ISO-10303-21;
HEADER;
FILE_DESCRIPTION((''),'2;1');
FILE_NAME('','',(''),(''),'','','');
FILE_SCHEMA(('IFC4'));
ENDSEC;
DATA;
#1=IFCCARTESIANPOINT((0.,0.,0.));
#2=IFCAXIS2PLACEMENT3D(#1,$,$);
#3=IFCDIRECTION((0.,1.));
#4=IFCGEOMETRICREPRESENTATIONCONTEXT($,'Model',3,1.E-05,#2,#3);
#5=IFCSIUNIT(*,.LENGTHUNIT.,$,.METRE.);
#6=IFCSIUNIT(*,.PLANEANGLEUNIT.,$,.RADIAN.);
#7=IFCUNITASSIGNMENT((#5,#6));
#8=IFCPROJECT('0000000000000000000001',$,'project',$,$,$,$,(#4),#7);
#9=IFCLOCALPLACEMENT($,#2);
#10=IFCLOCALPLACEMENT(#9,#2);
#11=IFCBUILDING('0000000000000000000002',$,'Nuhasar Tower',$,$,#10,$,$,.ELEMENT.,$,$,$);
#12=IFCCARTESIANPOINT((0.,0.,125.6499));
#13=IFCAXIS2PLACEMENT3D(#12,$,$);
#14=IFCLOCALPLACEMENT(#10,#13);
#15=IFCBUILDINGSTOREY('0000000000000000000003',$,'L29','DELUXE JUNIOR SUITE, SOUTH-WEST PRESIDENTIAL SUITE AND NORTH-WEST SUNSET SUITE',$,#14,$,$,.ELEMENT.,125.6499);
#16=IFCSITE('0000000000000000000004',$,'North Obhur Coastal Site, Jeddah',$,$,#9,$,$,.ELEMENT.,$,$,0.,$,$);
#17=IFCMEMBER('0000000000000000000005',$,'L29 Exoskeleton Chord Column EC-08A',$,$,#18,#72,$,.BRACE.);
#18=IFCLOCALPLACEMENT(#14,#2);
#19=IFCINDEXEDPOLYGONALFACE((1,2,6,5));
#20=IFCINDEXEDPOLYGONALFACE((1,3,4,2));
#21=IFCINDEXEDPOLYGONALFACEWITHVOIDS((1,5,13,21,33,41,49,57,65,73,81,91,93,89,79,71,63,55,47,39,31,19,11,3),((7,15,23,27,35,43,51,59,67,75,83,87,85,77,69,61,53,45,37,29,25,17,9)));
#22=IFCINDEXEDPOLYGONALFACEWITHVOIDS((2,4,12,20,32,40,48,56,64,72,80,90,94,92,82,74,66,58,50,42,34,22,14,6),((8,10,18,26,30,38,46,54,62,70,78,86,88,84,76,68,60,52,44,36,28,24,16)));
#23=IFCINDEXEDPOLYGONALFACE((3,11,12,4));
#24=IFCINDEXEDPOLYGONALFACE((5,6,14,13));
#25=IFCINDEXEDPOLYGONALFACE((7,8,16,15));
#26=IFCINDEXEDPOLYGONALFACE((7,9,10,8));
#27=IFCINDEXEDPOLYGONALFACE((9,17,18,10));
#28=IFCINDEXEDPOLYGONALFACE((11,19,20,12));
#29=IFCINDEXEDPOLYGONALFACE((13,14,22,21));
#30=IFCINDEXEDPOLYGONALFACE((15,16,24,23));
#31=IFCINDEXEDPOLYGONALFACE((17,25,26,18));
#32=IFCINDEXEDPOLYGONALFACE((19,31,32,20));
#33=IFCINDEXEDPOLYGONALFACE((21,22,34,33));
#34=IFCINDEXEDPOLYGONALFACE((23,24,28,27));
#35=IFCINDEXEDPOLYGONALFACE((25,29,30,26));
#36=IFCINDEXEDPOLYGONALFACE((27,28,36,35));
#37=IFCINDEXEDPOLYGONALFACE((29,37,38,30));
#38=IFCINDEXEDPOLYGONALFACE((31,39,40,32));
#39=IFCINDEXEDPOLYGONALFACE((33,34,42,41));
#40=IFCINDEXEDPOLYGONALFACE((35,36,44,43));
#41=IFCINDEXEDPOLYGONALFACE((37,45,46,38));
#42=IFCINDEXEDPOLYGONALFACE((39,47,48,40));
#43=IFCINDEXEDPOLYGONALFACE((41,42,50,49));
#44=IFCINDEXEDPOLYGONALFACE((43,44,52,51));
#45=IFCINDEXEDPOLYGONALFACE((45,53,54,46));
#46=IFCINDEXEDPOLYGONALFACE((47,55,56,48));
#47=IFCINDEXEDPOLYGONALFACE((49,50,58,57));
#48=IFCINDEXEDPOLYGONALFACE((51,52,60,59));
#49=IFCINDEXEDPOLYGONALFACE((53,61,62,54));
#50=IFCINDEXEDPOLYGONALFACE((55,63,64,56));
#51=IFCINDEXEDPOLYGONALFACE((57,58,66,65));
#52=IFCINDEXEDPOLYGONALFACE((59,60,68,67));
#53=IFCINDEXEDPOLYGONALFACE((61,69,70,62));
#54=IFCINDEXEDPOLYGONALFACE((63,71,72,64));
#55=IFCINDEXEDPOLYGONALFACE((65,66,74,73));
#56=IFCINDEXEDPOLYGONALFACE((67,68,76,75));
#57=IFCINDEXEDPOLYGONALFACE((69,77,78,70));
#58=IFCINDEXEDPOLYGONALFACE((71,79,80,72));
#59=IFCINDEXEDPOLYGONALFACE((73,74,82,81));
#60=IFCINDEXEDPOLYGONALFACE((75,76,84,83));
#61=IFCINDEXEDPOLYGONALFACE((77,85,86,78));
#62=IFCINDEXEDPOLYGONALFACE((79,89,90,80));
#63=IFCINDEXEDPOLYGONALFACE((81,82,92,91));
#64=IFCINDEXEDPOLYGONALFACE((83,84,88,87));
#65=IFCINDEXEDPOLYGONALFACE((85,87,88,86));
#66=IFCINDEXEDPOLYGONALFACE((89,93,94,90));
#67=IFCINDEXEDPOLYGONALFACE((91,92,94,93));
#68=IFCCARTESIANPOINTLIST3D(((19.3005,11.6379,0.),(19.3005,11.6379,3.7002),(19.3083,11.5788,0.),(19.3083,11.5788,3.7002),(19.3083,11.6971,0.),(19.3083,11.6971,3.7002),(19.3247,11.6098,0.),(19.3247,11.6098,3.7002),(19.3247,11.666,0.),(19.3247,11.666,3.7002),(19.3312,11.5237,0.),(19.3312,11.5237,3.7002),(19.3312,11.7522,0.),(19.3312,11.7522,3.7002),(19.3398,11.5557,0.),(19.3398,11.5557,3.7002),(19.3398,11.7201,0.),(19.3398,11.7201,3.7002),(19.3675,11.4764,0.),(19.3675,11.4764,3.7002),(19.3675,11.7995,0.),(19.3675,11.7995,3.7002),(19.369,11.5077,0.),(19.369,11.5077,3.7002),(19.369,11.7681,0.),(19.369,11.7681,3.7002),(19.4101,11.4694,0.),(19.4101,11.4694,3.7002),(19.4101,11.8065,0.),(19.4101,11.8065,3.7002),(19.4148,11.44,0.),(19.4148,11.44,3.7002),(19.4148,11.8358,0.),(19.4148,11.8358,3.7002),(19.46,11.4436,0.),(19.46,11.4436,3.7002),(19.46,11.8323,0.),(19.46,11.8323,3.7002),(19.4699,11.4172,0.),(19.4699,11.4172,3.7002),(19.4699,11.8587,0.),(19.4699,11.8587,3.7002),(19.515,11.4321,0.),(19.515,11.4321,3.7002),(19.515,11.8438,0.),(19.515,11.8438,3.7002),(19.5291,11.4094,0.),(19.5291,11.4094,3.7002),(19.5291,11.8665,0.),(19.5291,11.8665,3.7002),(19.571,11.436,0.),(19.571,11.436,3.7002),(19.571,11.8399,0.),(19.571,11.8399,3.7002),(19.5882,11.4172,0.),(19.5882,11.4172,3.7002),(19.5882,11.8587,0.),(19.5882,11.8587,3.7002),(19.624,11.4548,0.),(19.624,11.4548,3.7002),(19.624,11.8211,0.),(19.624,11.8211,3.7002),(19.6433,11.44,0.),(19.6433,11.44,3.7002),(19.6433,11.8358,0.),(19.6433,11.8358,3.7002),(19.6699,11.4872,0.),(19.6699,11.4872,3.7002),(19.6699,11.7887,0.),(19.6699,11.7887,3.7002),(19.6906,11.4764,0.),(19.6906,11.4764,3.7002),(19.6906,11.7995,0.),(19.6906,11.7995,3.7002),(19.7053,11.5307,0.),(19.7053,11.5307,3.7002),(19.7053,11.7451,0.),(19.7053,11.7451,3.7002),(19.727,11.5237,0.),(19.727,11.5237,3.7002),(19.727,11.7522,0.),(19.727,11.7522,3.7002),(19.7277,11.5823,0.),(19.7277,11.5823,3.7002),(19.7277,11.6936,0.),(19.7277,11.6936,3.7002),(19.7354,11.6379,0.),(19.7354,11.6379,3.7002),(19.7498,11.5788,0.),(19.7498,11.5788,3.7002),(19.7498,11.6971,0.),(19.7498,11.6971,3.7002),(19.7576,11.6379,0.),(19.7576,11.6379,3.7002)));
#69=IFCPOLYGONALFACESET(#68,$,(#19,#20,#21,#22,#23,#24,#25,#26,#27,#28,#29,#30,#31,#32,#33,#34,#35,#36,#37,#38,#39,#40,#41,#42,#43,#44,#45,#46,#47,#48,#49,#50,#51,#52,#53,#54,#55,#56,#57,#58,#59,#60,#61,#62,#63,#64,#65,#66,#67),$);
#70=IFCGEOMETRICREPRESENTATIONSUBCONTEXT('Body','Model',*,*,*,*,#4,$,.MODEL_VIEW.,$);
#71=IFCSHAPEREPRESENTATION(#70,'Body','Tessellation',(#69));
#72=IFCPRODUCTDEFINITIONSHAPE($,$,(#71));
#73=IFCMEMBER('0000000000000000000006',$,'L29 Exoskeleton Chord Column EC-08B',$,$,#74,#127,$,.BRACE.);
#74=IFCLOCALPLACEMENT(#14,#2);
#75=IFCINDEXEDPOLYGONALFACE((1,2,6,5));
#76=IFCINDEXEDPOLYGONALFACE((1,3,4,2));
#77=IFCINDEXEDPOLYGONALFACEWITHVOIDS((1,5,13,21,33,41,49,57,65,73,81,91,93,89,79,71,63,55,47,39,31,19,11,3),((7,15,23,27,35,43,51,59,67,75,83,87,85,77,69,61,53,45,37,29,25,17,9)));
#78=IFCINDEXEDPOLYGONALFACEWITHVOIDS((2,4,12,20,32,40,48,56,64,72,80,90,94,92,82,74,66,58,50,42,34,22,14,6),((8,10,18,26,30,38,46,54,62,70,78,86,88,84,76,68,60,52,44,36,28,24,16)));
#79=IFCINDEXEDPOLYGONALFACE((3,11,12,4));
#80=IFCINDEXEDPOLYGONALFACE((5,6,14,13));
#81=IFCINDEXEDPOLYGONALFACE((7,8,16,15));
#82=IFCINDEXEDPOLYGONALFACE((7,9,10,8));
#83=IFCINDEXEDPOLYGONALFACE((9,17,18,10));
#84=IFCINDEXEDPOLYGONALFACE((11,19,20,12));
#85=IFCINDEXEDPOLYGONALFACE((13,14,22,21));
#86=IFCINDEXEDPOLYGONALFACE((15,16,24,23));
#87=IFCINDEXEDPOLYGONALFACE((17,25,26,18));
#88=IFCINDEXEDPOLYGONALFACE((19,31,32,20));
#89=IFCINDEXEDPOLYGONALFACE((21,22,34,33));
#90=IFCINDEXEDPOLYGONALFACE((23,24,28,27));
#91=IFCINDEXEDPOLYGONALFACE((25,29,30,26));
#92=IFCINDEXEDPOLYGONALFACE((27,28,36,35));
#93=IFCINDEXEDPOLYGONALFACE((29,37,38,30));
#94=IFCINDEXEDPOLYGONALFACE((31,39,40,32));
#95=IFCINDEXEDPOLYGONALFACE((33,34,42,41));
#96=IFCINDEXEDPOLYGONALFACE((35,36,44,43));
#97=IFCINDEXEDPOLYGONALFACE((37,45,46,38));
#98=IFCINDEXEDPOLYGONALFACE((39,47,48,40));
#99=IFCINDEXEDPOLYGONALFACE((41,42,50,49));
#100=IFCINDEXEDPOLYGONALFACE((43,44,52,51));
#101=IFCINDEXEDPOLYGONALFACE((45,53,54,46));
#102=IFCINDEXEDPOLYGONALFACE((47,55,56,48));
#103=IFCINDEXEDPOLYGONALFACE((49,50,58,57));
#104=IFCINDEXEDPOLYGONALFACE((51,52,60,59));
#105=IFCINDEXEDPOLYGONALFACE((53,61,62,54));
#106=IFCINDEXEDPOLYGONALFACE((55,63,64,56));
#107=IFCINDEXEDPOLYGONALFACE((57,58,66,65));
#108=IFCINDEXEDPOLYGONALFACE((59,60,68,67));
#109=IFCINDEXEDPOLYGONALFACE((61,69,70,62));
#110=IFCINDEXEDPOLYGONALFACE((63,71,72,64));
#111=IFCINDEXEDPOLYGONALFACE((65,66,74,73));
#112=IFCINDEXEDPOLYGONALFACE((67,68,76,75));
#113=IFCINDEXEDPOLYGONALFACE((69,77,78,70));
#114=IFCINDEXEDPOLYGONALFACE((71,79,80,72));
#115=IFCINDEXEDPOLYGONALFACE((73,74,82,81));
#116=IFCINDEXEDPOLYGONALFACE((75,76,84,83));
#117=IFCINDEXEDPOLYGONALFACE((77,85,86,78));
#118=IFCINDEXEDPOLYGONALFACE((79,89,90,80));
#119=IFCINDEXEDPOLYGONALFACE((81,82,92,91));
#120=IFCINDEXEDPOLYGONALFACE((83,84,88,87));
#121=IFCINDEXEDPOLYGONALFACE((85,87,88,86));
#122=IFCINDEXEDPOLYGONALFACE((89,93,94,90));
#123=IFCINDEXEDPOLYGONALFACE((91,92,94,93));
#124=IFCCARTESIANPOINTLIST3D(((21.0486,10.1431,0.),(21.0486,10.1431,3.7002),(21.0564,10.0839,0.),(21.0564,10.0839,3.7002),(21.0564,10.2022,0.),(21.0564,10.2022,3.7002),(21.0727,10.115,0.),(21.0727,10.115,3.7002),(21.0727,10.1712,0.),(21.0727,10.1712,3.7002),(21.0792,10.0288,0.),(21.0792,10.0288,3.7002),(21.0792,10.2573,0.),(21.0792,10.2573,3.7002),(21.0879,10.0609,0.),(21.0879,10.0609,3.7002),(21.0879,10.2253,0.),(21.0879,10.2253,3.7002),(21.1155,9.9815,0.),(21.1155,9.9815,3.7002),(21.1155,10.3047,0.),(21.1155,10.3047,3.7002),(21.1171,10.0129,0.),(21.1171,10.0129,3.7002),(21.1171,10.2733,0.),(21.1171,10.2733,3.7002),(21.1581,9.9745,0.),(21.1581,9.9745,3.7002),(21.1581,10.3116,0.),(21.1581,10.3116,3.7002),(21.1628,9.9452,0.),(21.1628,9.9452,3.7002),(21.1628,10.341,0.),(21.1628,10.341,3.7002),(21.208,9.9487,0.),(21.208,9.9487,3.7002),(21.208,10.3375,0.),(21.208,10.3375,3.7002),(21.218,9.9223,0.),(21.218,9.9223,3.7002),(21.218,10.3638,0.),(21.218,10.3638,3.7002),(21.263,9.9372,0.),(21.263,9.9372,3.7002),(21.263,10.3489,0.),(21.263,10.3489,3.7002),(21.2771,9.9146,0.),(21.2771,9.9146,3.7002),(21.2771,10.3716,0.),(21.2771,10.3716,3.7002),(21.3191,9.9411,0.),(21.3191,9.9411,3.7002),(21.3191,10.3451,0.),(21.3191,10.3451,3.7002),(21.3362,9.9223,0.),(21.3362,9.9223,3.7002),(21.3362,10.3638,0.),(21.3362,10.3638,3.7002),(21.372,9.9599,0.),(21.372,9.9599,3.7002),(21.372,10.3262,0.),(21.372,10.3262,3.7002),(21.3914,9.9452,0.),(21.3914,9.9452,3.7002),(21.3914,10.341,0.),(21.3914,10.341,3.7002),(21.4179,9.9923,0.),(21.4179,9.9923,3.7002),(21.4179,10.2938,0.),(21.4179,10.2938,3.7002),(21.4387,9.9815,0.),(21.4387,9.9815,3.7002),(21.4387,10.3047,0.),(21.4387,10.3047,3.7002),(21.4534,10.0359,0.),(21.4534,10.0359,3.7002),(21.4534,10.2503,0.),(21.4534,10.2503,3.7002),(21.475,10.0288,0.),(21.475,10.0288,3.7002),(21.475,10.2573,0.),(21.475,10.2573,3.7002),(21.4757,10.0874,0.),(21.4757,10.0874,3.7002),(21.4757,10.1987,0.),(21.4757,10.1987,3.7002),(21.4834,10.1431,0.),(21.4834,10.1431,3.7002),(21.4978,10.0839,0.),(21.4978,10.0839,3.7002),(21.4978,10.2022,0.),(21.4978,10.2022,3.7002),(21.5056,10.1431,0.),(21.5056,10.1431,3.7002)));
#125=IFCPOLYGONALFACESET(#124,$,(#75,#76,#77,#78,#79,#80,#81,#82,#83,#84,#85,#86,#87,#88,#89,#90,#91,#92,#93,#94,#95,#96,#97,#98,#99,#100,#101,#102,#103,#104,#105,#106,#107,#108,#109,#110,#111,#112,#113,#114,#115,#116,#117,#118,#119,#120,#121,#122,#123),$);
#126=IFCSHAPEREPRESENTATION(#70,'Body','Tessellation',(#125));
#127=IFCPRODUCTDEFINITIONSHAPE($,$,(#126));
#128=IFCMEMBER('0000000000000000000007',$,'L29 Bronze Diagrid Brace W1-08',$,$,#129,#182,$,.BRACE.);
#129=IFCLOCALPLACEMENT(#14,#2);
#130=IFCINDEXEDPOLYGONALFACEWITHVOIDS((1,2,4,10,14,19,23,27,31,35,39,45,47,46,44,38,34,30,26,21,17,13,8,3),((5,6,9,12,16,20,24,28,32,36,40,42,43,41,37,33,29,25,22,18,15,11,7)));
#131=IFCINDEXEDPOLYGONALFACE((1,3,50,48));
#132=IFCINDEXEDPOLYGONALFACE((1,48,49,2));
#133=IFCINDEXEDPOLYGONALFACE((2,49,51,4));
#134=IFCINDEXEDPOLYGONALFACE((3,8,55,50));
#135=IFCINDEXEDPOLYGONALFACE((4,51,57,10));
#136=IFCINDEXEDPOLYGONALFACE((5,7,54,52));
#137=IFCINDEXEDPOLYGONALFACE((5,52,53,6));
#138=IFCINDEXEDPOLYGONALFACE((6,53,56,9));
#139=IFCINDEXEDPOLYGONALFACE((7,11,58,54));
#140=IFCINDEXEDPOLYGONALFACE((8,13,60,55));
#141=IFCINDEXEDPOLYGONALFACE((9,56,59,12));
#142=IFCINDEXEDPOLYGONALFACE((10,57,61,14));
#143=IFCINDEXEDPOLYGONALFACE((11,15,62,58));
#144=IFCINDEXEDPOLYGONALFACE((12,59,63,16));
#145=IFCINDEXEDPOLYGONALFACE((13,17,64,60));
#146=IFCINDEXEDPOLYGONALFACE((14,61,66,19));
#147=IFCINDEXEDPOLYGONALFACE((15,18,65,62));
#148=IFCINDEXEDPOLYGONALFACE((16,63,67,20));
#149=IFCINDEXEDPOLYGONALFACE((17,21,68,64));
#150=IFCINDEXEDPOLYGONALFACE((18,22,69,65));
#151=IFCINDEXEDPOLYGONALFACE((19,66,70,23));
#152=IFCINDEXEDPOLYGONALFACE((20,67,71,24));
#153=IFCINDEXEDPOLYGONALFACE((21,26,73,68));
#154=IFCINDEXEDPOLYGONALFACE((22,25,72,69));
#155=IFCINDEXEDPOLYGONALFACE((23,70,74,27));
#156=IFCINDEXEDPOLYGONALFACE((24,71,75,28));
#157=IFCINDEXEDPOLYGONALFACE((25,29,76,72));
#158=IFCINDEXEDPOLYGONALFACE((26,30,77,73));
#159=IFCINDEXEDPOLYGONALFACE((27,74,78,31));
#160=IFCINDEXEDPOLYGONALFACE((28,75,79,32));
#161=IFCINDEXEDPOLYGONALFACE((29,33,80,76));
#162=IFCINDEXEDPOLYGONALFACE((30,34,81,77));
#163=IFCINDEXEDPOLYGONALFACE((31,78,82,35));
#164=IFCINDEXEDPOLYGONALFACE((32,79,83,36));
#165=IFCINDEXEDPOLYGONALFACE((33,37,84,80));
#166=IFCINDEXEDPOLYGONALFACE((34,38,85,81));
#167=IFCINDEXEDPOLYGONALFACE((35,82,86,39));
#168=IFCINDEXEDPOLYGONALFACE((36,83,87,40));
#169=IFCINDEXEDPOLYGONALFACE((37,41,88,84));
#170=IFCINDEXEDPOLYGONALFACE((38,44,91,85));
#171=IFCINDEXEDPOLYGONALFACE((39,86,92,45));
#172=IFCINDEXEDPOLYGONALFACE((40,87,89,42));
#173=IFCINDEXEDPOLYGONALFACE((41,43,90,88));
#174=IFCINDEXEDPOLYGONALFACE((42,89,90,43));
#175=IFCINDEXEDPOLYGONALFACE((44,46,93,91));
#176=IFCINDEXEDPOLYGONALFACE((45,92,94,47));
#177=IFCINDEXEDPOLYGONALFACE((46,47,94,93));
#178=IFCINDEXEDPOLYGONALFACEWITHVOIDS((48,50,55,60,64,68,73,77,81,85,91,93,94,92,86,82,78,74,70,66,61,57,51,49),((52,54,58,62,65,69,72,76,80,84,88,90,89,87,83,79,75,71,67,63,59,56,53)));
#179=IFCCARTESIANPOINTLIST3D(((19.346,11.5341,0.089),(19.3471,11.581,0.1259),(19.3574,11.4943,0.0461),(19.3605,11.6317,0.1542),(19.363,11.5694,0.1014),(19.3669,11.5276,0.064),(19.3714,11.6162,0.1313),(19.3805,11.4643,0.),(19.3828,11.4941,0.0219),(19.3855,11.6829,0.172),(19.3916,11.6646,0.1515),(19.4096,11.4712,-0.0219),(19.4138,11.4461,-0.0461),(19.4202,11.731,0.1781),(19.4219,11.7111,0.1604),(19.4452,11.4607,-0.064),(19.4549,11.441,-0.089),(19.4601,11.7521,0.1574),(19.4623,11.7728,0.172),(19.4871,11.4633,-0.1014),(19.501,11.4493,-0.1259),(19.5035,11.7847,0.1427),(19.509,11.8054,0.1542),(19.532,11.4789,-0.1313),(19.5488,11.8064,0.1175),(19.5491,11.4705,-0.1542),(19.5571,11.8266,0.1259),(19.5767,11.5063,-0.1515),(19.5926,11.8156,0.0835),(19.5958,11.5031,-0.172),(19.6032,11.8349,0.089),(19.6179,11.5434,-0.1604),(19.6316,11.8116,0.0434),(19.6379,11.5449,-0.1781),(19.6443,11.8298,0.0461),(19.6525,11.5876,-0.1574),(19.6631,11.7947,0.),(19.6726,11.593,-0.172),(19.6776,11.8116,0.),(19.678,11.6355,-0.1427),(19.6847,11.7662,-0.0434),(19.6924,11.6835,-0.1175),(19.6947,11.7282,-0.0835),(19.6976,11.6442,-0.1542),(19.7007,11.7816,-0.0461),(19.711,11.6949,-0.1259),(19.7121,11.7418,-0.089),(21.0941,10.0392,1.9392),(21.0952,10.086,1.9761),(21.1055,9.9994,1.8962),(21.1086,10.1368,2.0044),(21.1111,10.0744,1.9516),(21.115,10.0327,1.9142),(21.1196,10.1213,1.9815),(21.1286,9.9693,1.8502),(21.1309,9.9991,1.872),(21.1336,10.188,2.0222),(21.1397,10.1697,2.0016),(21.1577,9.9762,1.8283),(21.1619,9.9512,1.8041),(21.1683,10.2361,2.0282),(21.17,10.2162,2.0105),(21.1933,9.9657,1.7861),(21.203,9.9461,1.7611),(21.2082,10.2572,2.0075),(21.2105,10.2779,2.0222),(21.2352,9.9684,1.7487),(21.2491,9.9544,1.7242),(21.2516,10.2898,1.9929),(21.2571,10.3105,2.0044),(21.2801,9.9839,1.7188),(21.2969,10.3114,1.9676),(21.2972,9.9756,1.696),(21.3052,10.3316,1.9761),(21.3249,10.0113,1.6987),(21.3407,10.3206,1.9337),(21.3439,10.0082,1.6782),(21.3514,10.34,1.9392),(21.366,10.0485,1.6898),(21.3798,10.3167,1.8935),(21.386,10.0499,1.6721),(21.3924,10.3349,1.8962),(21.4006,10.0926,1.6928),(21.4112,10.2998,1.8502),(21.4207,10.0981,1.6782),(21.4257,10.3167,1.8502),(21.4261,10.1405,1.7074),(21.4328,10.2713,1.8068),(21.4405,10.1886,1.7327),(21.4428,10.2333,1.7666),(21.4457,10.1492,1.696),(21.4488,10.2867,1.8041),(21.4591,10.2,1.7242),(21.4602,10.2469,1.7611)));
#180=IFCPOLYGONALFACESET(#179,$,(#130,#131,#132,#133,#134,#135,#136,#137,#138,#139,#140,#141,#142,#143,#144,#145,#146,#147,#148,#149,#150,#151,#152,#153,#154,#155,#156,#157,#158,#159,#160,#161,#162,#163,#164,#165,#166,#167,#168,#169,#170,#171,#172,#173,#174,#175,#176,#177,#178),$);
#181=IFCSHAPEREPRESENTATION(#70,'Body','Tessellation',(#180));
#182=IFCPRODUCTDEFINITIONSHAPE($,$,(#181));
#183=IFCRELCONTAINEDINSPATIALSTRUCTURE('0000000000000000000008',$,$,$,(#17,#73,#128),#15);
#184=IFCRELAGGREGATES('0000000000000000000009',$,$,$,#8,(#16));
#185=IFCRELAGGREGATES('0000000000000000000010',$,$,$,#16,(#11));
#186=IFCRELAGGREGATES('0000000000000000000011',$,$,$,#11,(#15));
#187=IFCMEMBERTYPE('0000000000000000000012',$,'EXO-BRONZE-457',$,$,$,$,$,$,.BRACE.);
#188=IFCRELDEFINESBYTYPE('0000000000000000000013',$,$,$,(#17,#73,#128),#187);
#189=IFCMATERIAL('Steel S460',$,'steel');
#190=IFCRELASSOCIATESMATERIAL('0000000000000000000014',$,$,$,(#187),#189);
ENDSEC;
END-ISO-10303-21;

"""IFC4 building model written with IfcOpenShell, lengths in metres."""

from ifc_helpers import new_model, si_unit, direction, frame, origin, origin_2d, place, context, subcontext, project, spatial, hollow_circle, extrude, material, material_profile, profile_set, type_object, element, save


model = new_model("IFC4")

# Units and contexts
model_context = context("Model", 3, precision=1e-05, world=origin(), true_north=direction((0.0, 1.0)))
body_context = subcontext(model_context, "Body", "Model", "MODEL_VIEW")
ifc_project = project(units=[si_unit("LENGTHUNIT", "METRE"), si_unit("PLANEANGLEUNIT", "RADIAN")], contexts=[model_context])

# Site, building, storey
site_placement = place(None, origin())
site = spatial("IfcSite", under=ifc_project, at=site_placement, Name="North Obhur Coastal Site, Jeddah", CompositionType="ELEMENT", RefElevation=0.0)
building_placement = place(site_placement, origin())
building = spatial("IfcBuilding", under=site, at=building_placement, Name="Nuhasar Tower", CompositionType="ELEMENT")
storey_placement = place(building_placement, frame((0.0, 0.0, 125.6499)))
storey = spatial("IfcBuildingStorey", under=building, at=storey_placement, Name="L29", Description="DELUXE JUNIOR SUITE, SOUTH-WEST PRESIDENTIAL SUITE AND NORTH-WEST SUNSET SUITE", CompositionType="ELEMENT", Elevation=125.6499)

# Members
ifc_material_1 = material(Name="Steel S460", Category="steel")
ifc_material_profile_1 = material_profile(ifc_material_1, hollow_circle(Radius=0.2285, WallThickness=0.0222, at=origin_2d()), Name="HSS457X22.2")
ifc_profile_set_1 = profile_set([ifc_material_profile_1], Name="Steel S460")
member_type_1 = type_object("IfcMemberType", Name="EXO-BRONZE-457", PredefinedType="BRACE", material=ifc_profile_set_1)
for number, where, z_axis, x_axis, name in (
    (1, (19.5291, 11.6379, 0.0), (0.0, 0.0, 1.0), (1.0, 0.0, 0.0), "L29 Exoskeleton Chord Column EC-08A"),
    (2, (21.2771, 10.1431, 0.0), (0.0, 0.0, 1.0), (1.0, 0.0, 0.0), "L29 Exoskeleton Chord Column EC-08B"),
):
    element("IfcMember", number, at=place(storey_placement, frame(where, z_axis=z_axis, x_axis=x_axis)), inside=storey, type_object=member_type_1, Name=name, PredefinedType="BRACE", context=body_context, shape_type="SweptSolid", body=[
        extrude(hollow_circle(Radius=0.2285, WallThickness=0.0222, at=origin_2d()), origin(), (0.0, 0.0, 1.0), 3.7002),
    ])
for number, where, z_axis, x_axis, name in (
    (3, (19.5291, 11.6379, 0.0), (0.592195, -0.506426, 0.626767), (0.649926, 0.759998, 0.0), "L29 Bronze Diagrid Brace W1-08"),
):
    element("IfcMember", number, at=place(storey_placement, frame(where, z_axis=z_axis, x_axis=x_axis)), inside=storey, type_object=member_type_1, Name=name, PredefinedType="BRACE", context=body_context, shape_type="SweptSolid", body=[
        extrude(hollow_circle(Radius=0.2285, WallThickness=0.0222, at=origin_2d()), origin(), (0.0, 0.0, 1.0), 2.9519),
    ])

save(model, "model.ifc")
